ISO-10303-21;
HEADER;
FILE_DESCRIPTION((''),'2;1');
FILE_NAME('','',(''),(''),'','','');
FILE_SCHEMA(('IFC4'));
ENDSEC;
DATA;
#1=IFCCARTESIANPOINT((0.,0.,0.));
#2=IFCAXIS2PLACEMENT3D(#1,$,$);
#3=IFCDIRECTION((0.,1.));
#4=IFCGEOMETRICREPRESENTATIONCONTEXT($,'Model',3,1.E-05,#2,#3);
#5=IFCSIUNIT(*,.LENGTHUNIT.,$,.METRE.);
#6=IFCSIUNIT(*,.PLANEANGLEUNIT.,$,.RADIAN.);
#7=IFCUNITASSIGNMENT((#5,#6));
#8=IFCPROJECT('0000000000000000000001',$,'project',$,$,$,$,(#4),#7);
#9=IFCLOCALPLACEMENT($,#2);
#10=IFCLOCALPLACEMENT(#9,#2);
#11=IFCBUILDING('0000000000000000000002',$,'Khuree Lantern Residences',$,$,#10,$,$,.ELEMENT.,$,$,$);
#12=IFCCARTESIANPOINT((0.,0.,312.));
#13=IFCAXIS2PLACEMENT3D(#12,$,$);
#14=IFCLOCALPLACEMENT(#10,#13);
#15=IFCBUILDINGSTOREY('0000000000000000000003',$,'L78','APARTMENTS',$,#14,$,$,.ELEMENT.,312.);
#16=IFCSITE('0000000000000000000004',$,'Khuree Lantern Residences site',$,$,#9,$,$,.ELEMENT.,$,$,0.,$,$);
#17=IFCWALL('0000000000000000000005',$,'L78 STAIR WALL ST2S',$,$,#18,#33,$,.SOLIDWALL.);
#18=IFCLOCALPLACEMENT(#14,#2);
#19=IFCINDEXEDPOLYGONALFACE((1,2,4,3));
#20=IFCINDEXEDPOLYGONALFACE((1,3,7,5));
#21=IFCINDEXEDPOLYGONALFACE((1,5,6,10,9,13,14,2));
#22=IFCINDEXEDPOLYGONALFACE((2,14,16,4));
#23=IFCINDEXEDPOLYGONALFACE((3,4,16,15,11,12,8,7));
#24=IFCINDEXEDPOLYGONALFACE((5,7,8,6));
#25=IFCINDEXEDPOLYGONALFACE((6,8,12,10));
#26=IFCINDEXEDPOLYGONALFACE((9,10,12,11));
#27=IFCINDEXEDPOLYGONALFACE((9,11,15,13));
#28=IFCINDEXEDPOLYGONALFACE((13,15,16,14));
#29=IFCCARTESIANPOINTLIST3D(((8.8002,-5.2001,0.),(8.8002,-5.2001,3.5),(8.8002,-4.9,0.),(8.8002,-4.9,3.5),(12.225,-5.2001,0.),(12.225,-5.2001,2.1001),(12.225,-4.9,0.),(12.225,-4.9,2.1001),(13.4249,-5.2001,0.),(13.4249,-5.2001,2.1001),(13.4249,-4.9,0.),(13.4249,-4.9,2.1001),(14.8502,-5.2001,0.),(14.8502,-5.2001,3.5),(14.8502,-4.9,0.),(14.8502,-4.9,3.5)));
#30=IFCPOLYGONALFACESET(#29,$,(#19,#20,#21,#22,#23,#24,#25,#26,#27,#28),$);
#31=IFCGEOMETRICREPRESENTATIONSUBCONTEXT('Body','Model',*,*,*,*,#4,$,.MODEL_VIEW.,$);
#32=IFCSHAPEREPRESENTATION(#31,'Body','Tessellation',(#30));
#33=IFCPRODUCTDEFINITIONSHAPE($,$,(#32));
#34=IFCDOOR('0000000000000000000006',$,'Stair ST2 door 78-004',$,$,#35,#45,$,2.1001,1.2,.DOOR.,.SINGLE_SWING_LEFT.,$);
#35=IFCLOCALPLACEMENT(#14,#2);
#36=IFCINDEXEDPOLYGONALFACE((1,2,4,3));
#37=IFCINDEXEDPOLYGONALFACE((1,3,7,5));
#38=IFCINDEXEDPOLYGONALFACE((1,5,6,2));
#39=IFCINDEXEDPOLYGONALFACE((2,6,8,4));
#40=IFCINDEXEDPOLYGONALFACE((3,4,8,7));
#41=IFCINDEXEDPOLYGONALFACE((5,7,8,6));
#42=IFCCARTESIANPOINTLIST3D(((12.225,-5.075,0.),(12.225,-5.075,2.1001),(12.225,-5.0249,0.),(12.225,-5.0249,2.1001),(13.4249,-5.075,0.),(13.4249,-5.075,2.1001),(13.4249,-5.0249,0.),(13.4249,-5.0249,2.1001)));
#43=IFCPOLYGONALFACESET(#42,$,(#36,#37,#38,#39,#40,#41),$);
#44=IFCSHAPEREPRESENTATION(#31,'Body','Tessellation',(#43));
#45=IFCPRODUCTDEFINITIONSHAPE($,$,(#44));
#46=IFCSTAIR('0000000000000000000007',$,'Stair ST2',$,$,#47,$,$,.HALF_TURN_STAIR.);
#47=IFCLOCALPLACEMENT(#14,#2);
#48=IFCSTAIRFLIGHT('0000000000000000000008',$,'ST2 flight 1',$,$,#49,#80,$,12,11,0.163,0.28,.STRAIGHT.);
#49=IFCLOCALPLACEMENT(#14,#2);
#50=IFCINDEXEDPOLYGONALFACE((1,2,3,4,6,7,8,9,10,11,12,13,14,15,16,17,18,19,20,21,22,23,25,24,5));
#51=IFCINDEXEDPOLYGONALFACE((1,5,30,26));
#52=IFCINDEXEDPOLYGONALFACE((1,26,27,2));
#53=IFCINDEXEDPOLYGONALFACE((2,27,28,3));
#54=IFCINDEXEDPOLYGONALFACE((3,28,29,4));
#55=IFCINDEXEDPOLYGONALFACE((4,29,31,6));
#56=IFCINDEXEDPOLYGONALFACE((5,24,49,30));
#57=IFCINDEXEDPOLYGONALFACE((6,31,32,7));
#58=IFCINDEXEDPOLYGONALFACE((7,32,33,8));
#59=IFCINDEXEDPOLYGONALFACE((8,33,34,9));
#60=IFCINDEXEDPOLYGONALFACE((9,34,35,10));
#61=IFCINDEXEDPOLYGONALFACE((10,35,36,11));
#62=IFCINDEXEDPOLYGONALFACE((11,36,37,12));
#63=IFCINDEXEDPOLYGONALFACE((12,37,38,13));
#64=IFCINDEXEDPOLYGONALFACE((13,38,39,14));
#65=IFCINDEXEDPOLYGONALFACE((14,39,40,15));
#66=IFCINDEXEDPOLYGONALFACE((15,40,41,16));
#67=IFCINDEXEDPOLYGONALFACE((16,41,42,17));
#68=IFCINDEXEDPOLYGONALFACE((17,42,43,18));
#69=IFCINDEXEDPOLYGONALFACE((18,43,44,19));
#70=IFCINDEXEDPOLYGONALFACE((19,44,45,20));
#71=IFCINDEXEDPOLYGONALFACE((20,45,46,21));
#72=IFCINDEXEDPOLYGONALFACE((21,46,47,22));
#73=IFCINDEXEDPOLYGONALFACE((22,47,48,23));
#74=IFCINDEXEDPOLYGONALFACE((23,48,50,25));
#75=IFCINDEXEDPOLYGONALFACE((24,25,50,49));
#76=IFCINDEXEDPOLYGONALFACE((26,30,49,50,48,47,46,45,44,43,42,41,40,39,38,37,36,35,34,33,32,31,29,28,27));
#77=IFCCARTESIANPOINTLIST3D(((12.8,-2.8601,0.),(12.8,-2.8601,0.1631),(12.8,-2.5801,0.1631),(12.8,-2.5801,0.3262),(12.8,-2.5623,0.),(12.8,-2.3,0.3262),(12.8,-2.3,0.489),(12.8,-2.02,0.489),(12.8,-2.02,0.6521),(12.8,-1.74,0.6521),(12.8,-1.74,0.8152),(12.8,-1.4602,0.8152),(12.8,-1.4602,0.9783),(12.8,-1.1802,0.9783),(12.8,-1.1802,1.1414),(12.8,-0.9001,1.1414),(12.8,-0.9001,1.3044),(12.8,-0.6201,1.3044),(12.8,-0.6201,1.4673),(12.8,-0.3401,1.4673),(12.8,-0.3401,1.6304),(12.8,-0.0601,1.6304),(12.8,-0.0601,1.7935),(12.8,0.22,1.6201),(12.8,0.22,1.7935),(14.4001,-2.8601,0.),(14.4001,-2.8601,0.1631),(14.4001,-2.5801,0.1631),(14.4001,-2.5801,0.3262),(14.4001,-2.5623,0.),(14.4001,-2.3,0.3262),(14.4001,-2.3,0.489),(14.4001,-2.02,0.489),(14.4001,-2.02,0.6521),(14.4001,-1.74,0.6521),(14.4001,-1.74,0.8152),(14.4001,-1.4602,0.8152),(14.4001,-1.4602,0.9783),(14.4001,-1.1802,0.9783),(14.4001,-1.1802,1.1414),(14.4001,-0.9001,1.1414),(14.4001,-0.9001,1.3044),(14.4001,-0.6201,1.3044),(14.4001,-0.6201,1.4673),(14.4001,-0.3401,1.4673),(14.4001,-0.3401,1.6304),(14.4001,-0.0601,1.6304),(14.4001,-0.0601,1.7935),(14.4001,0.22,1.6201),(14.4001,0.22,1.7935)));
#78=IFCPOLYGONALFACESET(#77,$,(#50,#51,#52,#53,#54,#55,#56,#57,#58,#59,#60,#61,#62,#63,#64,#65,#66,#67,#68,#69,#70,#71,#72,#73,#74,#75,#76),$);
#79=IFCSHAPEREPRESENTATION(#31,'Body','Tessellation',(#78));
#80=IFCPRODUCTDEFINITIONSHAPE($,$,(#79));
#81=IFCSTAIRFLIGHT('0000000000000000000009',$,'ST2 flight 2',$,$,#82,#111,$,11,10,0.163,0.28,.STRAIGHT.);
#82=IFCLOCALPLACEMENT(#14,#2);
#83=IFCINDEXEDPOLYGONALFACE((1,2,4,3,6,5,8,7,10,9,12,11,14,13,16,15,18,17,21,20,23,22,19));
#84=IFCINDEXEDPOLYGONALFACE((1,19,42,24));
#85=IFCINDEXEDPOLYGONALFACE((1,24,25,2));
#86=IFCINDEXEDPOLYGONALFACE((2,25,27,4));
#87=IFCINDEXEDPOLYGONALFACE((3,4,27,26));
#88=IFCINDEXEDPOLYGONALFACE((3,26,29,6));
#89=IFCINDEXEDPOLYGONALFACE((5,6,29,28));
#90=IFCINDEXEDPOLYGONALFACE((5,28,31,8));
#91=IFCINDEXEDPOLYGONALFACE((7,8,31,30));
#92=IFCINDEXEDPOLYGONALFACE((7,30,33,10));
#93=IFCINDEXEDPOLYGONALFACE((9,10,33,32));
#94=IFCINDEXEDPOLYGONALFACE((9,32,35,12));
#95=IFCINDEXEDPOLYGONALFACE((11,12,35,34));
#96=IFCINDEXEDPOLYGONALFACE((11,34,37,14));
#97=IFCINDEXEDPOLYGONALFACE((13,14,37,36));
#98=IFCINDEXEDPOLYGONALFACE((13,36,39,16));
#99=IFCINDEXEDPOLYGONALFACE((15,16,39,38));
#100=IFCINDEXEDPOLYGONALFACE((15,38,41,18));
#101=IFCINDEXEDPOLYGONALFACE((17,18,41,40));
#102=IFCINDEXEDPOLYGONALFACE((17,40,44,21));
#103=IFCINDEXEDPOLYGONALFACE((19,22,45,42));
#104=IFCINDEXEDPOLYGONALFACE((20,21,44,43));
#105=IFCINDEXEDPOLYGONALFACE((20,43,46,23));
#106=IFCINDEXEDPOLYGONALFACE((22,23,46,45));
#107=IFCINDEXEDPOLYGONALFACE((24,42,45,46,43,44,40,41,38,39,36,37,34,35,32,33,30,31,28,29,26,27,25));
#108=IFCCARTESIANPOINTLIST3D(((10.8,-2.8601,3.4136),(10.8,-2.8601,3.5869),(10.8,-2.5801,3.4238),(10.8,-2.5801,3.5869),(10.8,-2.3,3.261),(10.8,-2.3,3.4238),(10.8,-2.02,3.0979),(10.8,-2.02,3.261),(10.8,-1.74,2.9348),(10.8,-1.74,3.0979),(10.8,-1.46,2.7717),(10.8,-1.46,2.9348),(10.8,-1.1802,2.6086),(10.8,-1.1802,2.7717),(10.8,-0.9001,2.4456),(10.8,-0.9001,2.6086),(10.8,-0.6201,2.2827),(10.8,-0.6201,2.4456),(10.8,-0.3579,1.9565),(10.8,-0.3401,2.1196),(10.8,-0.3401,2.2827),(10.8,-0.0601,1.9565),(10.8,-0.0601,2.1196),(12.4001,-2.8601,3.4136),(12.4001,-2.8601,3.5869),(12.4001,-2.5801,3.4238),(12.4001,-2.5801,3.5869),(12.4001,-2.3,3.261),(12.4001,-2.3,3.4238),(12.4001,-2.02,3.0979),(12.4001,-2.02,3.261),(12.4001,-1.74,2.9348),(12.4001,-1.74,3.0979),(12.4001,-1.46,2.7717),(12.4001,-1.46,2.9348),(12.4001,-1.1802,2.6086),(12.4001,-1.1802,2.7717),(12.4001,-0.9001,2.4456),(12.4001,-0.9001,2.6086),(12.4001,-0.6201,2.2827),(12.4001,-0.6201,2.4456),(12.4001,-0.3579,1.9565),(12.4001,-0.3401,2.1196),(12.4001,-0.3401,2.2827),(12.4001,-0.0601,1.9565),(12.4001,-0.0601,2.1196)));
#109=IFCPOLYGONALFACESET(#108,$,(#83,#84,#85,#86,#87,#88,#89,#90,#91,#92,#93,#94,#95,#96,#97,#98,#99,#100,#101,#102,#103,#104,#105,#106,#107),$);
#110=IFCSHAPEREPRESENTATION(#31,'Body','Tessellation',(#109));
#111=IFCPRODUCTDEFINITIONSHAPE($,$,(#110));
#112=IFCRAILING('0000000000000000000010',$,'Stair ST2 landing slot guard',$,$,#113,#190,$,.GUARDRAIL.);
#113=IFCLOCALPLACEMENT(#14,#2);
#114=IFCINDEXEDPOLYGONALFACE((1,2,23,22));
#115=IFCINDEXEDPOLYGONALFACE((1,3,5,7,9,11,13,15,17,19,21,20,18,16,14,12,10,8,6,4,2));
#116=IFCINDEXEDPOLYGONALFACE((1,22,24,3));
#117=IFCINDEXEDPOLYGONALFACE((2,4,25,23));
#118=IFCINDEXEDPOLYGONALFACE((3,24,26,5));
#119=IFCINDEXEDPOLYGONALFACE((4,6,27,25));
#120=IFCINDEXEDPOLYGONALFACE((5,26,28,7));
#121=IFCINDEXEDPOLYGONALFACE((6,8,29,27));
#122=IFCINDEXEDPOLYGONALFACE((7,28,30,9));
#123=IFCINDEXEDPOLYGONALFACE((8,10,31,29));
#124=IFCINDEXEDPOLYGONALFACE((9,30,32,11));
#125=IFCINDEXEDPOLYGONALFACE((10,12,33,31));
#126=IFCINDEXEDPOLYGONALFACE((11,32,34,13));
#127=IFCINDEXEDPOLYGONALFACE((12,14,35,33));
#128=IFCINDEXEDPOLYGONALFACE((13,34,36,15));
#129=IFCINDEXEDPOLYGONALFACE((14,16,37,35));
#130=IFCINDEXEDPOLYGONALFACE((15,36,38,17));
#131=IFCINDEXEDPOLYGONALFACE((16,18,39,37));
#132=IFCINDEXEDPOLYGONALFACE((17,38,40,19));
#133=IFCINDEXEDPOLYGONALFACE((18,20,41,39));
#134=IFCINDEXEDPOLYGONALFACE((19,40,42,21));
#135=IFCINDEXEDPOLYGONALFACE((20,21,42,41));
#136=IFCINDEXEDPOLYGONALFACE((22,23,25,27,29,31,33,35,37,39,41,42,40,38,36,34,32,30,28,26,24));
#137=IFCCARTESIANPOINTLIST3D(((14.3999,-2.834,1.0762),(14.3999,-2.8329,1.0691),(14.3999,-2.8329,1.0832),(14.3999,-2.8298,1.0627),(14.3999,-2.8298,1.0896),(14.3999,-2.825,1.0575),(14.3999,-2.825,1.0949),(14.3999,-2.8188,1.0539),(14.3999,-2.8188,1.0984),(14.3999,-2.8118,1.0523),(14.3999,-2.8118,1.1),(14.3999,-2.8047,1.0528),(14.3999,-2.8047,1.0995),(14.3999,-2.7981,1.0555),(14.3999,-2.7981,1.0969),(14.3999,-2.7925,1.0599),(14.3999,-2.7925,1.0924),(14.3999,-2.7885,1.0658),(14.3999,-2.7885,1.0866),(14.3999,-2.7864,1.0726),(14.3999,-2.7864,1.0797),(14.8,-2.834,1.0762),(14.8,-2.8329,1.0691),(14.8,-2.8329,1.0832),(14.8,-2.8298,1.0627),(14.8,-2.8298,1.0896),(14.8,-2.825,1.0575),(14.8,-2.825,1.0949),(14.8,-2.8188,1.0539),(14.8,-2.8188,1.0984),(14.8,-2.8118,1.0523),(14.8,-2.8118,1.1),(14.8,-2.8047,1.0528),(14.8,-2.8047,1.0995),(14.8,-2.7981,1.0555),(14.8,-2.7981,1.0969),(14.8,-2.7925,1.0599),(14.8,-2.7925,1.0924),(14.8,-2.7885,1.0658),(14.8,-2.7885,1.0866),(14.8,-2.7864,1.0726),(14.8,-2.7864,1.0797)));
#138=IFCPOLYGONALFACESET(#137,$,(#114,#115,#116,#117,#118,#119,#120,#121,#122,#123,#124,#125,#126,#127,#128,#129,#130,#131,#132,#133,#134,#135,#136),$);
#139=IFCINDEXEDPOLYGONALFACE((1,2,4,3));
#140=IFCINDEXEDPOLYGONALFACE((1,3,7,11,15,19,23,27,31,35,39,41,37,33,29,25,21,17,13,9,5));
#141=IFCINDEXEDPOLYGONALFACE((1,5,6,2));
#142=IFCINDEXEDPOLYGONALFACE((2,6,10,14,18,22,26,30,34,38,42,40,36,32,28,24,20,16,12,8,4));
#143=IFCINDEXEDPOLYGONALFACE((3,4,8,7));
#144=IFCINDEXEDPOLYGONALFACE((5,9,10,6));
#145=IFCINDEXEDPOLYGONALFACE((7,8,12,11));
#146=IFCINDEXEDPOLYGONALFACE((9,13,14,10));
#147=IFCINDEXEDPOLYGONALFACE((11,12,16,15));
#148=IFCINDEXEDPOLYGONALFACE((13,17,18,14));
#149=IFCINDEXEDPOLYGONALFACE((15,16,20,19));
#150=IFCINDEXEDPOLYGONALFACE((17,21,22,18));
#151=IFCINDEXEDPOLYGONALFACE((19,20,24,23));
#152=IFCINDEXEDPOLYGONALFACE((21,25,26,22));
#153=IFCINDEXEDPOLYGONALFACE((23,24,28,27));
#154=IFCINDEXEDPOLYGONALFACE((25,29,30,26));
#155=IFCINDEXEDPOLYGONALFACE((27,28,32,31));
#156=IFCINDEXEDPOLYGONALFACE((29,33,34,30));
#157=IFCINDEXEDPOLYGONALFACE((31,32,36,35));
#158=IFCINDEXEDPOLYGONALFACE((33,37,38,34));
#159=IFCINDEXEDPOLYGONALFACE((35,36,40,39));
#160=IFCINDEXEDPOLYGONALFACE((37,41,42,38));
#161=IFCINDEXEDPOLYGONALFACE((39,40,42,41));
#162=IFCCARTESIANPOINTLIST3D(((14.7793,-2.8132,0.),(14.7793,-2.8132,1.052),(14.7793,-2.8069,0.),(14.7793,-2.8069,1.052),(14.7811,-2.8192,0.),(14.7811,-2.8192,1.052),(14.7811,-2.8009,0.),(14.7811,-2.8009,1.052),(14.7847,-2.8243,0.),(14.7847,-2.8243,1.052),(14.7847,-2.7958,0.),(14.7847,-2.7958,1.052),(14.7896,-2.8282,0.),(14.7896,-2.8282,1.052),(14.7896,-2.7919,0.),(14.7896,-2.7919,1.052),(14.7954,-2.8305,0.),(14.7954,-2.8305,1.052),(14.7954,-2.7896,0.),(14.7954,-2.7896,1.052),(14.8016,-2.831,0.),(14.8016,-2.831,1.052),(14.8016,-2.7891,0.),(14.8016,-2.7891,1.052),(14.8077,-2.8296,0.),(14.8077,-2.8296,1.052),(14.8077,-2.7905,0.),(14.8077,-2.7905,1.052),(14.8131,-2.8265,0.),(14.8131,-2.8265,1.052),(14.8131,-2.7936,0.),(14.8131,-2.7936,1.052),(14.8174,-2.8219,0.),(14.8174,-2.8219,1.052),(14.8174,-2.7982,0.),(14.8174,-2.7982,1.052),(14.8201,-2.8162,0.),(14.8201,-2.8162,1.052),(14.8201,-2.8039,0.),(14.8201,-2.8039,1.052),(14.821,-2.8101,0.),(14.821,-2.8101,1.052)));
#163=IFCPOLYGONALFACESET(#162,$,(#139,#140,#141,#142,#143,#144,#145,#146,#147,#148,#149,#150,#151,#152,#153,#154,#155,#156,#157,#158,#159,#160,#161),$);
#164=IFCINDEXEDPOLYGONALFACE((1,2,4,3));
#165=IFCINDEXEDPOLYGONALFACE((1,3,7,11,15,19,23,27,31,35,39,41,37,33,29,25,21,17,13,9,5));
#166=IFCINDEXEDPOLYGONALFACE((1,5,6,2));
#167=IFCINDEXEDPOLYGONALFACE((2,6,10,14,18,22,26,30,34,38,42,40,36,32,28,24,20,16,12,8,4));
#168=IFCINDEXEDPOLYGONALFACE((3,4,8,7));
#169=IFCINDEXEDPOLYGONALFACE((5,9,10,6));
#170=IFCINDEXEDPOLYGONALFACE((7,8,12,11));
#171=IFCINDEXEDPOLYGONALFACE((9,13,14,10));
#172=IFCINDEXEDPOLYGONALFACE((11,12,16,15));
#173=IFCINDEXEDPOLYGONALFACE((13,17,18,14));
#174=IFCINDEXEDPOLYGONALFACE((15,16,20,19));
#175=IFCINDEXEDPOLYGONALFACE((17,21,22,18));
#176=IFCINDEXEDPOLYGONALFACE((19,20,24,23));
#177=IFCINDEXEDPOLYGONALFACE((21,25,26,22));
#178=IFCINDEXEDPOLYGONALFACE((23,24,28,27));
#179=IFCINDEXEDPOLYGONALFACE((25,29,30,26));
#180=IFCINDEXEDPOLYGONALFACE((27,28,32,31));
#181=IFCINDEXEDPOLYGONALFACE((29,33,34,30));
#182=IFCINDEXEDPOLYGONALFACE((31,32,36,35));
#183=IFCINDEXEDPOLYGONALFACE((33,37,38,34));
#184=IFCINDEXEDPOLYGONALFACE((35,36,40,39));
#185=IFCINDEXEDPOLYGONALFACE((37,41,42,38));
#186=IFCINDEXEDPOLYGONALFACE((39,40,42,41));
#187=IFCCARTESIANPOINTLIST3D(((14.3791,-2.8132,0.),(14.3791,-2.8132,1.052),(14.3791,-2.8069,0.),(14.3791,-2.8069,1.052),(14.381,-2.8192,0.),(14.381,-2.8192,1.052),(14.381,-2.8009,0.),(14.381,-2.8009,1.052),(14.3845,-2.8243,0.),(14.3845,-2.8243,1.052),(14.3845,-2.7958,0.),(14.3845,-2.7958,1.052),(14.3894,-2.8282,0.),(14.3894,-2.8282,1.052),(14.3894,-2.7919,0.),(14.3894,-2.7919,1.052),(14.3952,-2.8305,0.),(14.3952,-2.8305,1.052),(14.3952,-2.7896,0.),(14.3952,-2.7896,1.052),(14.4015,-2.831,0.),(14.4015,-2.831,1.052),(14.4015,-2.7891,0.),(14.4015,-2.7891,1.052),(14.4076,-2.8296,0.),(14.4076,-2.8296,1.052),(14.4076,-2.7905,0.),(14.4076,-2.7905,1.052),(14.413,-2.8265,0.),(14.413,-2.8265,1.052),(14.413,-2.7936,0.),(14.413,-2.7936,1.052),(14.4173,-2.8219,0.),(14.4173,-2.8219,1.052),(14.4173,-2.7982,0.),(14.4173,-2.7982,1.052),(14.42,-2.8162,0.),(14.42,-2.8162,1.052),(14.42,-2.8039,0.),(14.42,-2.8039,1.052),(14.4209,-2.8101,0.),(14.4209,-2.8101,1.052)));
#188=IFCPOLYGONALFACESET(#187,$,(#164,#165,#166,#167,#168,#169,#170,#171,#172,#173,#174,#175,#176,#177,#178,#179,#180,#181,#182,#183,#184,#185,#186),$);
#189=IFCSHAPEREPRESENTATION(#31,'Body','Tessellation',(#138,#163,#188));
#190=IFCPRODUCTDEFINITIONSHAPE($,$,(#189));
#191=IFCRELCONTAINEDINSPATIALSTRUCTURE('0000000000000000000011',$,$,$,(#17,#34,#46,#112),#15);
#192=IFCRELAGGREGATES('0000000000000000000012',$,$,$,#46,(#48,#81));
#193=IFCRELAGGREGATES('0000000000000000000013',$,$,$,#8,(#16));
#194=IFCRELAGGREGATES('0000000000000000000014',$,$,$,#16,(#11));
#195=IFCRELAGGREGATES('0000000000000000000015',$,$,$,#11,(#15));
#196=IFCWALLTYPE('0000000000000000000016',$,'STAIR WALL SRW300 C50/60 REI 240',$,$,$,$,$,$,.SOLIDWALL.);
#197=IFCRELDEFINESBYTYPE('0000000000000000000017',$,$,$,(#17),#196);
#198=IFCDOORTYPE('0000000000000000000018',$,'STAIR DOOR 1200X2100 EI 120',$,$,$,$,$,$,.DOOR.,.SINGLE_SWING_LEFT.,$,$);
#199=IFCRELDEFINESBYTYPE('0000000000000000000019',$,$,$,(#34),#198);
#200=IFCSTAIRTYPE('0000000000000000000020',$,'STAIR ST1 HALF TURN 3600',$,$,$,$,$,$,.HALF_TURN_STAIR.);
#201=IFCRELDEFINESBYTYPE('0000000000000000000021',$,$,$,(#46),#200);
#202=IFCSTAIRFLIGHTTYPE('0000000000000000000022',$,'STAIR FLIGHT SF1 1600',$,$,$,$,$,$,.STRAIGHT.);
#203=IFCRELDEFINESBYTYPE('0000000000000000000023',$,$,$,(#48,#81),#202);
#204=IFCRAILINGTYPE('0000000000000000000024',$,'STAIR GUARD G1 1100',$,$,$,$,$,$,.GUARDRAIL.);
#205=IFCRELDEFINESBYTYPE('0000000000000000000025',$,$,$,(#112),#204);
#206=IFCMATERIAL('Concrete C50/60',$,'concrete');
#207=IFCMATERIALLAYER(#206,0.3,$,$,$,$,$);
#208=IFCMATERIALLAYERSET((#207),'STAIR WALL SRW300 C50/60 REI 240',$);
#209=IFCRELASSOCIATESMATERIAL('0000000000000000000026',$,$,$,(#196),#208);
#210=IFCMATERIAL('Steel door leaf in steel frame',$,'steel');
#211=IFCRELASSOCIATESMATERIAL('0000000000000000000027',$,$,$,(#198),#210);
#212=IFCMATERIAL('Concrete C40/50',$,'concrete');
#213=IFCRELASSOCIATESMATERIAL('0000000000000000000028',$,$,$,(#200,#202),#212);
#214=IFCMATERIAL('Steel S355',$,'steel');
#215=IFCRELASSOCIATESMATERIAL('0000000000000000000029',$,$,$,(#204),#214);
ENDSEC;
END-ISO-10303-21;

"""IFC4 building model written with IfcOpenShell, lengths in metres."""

from ifc_helpers import new_model, si_unit, direction, frame, frame_2d, origin, origin_2d, place, context, subcontext, project, spatial, polyline, rectangle, circle, outline, extrude, material, layer, layer_set, type_object, element, fill, aggregate, save


model = new_model("IFC4")

# Units and contexts
model_context = context("Model", 3, precision=1e-05, world=origin(), true_north=direction((0.0, 1.0)))
body_context = subcontext(model_context, "Body", "Model", "MODEL_VIEW")
ifc_project = project(units=[si_unit("LENGTHUNIT", "METRE"), si_unit("PLANEANGLEUNIT", "RADIAN")], contexts=[model_context])

# Site, building, storey
site_placement = place(None, origin())
site = spatial("IfcSite", under=ifc_project, at=site_placement, Name="Khuree Lantern Residences site", CompositionType="ELEMENT", RefElevation=0.0)
building_placement = place(site_placement, origin())
building = spatial("IfcBuilding", under=site, at=building_placement, Name="Khuree Lantern Residences", CompositionType="ELEMENT")
storey_placement = place(building_placement, frame((0.0, 0.0, 312.0)))
storey = spatial("IfcBuildingStorey", under=building, at=storey_placement, Name="L78", Description="APARTMENTS", CompositionType="ELEMENT", Elevation=312.0)

# Shared definitions
ifc_material_1 = material(Name="Steel S355", Category="steel")

# Shared definitions
ifc_material_2 = material(Name="Concrete C50/60", Category="concrete")
ifc_layer_1 = layer(ifc_material_2, 0.3)
ifc_layer_set_1 = layer_set([ifc_layer_1], Name="STAIR WALL SRW300 C50/60 REI 240")
wall_type_1 = type_object("IfcWallType", Name="STAIR WALL SRW300 C50/60 REI 240", PredefinedType="SOLIDWALL", material=ifc_layer_set_1)

# Wall, opening, door
wall_1_placement = place(storey_placement, frame((14.8501, -5.05, 0.0), z_axis=(0.0, 0.0, 1.0), x_axis=(-1.0, 0.0, 0.0)))
wall_1 = element("IfcWall", 1, at=wall_1_placement, inside=storey, type_object=wall_type_1, Name="L78 STAIR WALL ST2S", PredefinedType="SOLIDWALL", context=body_context, shape_type="SweptSolid", body=[
    extrude(rectangle(XDim=6.05, YDim=0.3, at=frame_2d((3.0249, 0.0))), origin(), (0.0, 0.0, 1.0), 3.5),
])
opening_1_placement = place(wall_1_placement, frame((1.425, 0.0, 0.0)))
opening_1 = element("IfcOpeningElement", 2, at=opening_1_placement, cuts=wall_1, PredefinedType="OPENING", context=body_context, shape_type="SweptSolid", body=[
    extrude(rectangle(XDim=1.2, YDim=2.1001, at=frame_2d((0.6001, 1.05))), frame((0.0, 0.1602, 0.0), z_axis=(0.0, -1.0, 0.0), x_axis=(1.0, 0.0, 0.0)), (0.0, 0.0, 1.0), 0.3201),
])
ifc_material_3 = material(Name="Steel door leaf in steel frame", Category="steel")
door_type_1 = type_object("IfcDoorType", Name="STAIR DOOR 1200X2100 EI 120", OperationType="SINGLE_SWING_LEFT", PredefinedType="DOOR", material=ifc_material_3)
door_1_placement = place(opening_1_placement, origin())
door_1 = element("IfcDoor", 3, at=door_1_placement, inside=storey, type_object=door_type_1, Name="Stair ST2 door 78-004", OperationType="SINGLE_SWING_LEFT", OverallHeight=2.1001, OverallWidth=1.2, PredefinedType="DOOR", context=body_context, shape_type="SweptSolid", body=[
    extrude(rectangle(XDim=1.2, YDim=2.1001, at=frame_2d((0.6001, 1.05))), frame((0.0, 0.0249, 0.0), z_axis=(0.0, -1.0, 0.0), x_axis=(1.0, 0.0, 0.0)), (0.0, 0.0, 1.0), 0.05),
])
fill(opening_1, door_1)

# Stair, stair flights
ifc_material_4 = material(Name="Concrete C40/50", Category="concrete")
stair_type = type_object("IfcStairType", Name="STAIR ST1 HALF TURN 3600", PredefinedType="HALF_TURN_STAIR", material=ifc_material_4)
stair_placement = place(storey_placement, origin())
stair = element("IfcStair", 4, at=stair_placement, inside=storey, type_object=stair_type, Name="Stair ST2", PredefinedType="HALF_TURN_STAIR")
stair_flight_type = type_object("IfcStairFlightType", Name="STAIR FLIGHT SF1 1600", PredefinedType="STRAIGHT", material=ifc_material_4)
stair_flight_1_placement = place(storey_placement, frame((13.6001, -2.8601, 0.0), z_axis=(0.0, 0.0, 1.0), x_axis=(0.0, 1.0, 0.0)))
stair_flight_1 = element("IfcStairFlight", 5, at=stair_flight_1_placement, type_object=stair_flight_type, Name="ST2 flight 1", NumberOfRisers=12, NumberOfTreads=11, PredefinedType="STRAIGHT", RiserHeight=0.163, TreadLength=0.28, context=body_context, shape_type="SweptSolid", body=[
    extrude(outline(polyline([(0.0, 0.0), (0.0, 0.1631), (0.28, 0.1631), (0.28, 0.3262), (0.5601, 0.3262), (0.5601, 0.489), (0.8401, 0.489), (0.8401, 0.6521), (1.1201, 0.6521), (1.1201, 0.8152), (1.3999, 0.8152), (1.3999, 0.9783), (1.6799, 0.9783), (1.6799, 1.1414), (1.96, 1.1414), (1.96, 1.3044), (2.24, 1.3044), (2.24, 1.4673), (2.52, 1.4673), (2.52, 1.6304), (2.8, 1.6304), (2.8, 1.7935), (3.0801, 1.7935), (3.0801, 1.9565), (3.0801, 1.6201), (0.2979, 0.0), (0.0, 0.0)])), frame((0.0, 0.8, 0.0), z_axis=(0.0, -1.0, 0.0), x_axis=(1.0, 0.0, 0.0)), (0.0, 0.0, 1.0), 1.6001),
])
stair_flight_2_placement = place(storey_placement, frame((11.6001, -0.0601, 1.9565), z_axis=(0.0, 0.0, 1.0), x_axis=(0.0, -1.0, 0.0)))
stair_flight_2 = element("IfcStairFlight", 6, at=stair_flight_2_placement, type_object=stair_flight_type, Name="ST2 flight 2", NumberOfRisers=11, NumberOfTreads=10, PredefinedType="STRAIGHT", RiserHeight=0.163, TreadLength=0.28, context=body_context, shape_type="SweptSolid", body=[
    extrude(outline(polyline([(0.0, 0.0), (0.0, 0.1631), (0.28, 0.1631), (0.28, 0.3262), (0.5601, 0.3262), (0.5601, 0.489), (0.8401, 0.489), (0.8401, 0.6521), (1.1201, 0.6521), (1.1201, 0.8152), (1.3999, 0.8152), (1.3999, 0.9783), (1.6799, 0.9783), (1.6799, 1.1414), (1.96, 1.1414), (1.96, 1.3044), (2.24, 1.3044), (2.24, 1.4673), (2.52, 1.4673), (2.52, 1.6304), (2.8, 1.6304), (2.8, 1.7935), (2.8, 1.457), (0.2979, 0.0), (0.0, 0.0)])), frame((0.0, 0.8, 0.0), z_axis=(0.0, -1.0, 0.0), x_axis=(1.0, 0.0, 0.0)), (0.0, 0.0, 1.0), 1.6001),
])
aggregate(stair, [stair_flight_1, stair_flight_2])

# Railing
railing_type_1 = type_object("IfcRailingType", Name="STAIR GUARD G1 1100", PredefinedType="GUARDRAIL", material=ifc_material_1)
railing_1_placement = place(storey_placement, frame((14.8, -2.8101, 0.0)))
element("IfcRailing", 7, at=railing_1_placement, inside=storey, type_object=railing_type_1, Name="Stair ST2 landing slot guard", PredefinedType="GUARDRAIL", context=body_context, shape_type="SweptSolid", body=[
    extrude(circle(Radius=0.0239, at=origin_2d()), frame((0.0, 0.0, 1.0762), z_axis=(-1.0, 0.0, 0.0), x_axis=(0.0, -1.0, 0.0)), (0.0, 0.0, 1.0), 0.4001),
    extrude(circle(Radius=0.021, at=origin_2d()), origin(), (0.0, 0.0, 1.0), 1.052),
    extrude(circle(Radius=0.021, at=origin_2d()), frame((-0.4001, 0.0, 0.0)), (0.0, 0.0, 1.0), 1.052),
])

save(model, "model.ifc")
